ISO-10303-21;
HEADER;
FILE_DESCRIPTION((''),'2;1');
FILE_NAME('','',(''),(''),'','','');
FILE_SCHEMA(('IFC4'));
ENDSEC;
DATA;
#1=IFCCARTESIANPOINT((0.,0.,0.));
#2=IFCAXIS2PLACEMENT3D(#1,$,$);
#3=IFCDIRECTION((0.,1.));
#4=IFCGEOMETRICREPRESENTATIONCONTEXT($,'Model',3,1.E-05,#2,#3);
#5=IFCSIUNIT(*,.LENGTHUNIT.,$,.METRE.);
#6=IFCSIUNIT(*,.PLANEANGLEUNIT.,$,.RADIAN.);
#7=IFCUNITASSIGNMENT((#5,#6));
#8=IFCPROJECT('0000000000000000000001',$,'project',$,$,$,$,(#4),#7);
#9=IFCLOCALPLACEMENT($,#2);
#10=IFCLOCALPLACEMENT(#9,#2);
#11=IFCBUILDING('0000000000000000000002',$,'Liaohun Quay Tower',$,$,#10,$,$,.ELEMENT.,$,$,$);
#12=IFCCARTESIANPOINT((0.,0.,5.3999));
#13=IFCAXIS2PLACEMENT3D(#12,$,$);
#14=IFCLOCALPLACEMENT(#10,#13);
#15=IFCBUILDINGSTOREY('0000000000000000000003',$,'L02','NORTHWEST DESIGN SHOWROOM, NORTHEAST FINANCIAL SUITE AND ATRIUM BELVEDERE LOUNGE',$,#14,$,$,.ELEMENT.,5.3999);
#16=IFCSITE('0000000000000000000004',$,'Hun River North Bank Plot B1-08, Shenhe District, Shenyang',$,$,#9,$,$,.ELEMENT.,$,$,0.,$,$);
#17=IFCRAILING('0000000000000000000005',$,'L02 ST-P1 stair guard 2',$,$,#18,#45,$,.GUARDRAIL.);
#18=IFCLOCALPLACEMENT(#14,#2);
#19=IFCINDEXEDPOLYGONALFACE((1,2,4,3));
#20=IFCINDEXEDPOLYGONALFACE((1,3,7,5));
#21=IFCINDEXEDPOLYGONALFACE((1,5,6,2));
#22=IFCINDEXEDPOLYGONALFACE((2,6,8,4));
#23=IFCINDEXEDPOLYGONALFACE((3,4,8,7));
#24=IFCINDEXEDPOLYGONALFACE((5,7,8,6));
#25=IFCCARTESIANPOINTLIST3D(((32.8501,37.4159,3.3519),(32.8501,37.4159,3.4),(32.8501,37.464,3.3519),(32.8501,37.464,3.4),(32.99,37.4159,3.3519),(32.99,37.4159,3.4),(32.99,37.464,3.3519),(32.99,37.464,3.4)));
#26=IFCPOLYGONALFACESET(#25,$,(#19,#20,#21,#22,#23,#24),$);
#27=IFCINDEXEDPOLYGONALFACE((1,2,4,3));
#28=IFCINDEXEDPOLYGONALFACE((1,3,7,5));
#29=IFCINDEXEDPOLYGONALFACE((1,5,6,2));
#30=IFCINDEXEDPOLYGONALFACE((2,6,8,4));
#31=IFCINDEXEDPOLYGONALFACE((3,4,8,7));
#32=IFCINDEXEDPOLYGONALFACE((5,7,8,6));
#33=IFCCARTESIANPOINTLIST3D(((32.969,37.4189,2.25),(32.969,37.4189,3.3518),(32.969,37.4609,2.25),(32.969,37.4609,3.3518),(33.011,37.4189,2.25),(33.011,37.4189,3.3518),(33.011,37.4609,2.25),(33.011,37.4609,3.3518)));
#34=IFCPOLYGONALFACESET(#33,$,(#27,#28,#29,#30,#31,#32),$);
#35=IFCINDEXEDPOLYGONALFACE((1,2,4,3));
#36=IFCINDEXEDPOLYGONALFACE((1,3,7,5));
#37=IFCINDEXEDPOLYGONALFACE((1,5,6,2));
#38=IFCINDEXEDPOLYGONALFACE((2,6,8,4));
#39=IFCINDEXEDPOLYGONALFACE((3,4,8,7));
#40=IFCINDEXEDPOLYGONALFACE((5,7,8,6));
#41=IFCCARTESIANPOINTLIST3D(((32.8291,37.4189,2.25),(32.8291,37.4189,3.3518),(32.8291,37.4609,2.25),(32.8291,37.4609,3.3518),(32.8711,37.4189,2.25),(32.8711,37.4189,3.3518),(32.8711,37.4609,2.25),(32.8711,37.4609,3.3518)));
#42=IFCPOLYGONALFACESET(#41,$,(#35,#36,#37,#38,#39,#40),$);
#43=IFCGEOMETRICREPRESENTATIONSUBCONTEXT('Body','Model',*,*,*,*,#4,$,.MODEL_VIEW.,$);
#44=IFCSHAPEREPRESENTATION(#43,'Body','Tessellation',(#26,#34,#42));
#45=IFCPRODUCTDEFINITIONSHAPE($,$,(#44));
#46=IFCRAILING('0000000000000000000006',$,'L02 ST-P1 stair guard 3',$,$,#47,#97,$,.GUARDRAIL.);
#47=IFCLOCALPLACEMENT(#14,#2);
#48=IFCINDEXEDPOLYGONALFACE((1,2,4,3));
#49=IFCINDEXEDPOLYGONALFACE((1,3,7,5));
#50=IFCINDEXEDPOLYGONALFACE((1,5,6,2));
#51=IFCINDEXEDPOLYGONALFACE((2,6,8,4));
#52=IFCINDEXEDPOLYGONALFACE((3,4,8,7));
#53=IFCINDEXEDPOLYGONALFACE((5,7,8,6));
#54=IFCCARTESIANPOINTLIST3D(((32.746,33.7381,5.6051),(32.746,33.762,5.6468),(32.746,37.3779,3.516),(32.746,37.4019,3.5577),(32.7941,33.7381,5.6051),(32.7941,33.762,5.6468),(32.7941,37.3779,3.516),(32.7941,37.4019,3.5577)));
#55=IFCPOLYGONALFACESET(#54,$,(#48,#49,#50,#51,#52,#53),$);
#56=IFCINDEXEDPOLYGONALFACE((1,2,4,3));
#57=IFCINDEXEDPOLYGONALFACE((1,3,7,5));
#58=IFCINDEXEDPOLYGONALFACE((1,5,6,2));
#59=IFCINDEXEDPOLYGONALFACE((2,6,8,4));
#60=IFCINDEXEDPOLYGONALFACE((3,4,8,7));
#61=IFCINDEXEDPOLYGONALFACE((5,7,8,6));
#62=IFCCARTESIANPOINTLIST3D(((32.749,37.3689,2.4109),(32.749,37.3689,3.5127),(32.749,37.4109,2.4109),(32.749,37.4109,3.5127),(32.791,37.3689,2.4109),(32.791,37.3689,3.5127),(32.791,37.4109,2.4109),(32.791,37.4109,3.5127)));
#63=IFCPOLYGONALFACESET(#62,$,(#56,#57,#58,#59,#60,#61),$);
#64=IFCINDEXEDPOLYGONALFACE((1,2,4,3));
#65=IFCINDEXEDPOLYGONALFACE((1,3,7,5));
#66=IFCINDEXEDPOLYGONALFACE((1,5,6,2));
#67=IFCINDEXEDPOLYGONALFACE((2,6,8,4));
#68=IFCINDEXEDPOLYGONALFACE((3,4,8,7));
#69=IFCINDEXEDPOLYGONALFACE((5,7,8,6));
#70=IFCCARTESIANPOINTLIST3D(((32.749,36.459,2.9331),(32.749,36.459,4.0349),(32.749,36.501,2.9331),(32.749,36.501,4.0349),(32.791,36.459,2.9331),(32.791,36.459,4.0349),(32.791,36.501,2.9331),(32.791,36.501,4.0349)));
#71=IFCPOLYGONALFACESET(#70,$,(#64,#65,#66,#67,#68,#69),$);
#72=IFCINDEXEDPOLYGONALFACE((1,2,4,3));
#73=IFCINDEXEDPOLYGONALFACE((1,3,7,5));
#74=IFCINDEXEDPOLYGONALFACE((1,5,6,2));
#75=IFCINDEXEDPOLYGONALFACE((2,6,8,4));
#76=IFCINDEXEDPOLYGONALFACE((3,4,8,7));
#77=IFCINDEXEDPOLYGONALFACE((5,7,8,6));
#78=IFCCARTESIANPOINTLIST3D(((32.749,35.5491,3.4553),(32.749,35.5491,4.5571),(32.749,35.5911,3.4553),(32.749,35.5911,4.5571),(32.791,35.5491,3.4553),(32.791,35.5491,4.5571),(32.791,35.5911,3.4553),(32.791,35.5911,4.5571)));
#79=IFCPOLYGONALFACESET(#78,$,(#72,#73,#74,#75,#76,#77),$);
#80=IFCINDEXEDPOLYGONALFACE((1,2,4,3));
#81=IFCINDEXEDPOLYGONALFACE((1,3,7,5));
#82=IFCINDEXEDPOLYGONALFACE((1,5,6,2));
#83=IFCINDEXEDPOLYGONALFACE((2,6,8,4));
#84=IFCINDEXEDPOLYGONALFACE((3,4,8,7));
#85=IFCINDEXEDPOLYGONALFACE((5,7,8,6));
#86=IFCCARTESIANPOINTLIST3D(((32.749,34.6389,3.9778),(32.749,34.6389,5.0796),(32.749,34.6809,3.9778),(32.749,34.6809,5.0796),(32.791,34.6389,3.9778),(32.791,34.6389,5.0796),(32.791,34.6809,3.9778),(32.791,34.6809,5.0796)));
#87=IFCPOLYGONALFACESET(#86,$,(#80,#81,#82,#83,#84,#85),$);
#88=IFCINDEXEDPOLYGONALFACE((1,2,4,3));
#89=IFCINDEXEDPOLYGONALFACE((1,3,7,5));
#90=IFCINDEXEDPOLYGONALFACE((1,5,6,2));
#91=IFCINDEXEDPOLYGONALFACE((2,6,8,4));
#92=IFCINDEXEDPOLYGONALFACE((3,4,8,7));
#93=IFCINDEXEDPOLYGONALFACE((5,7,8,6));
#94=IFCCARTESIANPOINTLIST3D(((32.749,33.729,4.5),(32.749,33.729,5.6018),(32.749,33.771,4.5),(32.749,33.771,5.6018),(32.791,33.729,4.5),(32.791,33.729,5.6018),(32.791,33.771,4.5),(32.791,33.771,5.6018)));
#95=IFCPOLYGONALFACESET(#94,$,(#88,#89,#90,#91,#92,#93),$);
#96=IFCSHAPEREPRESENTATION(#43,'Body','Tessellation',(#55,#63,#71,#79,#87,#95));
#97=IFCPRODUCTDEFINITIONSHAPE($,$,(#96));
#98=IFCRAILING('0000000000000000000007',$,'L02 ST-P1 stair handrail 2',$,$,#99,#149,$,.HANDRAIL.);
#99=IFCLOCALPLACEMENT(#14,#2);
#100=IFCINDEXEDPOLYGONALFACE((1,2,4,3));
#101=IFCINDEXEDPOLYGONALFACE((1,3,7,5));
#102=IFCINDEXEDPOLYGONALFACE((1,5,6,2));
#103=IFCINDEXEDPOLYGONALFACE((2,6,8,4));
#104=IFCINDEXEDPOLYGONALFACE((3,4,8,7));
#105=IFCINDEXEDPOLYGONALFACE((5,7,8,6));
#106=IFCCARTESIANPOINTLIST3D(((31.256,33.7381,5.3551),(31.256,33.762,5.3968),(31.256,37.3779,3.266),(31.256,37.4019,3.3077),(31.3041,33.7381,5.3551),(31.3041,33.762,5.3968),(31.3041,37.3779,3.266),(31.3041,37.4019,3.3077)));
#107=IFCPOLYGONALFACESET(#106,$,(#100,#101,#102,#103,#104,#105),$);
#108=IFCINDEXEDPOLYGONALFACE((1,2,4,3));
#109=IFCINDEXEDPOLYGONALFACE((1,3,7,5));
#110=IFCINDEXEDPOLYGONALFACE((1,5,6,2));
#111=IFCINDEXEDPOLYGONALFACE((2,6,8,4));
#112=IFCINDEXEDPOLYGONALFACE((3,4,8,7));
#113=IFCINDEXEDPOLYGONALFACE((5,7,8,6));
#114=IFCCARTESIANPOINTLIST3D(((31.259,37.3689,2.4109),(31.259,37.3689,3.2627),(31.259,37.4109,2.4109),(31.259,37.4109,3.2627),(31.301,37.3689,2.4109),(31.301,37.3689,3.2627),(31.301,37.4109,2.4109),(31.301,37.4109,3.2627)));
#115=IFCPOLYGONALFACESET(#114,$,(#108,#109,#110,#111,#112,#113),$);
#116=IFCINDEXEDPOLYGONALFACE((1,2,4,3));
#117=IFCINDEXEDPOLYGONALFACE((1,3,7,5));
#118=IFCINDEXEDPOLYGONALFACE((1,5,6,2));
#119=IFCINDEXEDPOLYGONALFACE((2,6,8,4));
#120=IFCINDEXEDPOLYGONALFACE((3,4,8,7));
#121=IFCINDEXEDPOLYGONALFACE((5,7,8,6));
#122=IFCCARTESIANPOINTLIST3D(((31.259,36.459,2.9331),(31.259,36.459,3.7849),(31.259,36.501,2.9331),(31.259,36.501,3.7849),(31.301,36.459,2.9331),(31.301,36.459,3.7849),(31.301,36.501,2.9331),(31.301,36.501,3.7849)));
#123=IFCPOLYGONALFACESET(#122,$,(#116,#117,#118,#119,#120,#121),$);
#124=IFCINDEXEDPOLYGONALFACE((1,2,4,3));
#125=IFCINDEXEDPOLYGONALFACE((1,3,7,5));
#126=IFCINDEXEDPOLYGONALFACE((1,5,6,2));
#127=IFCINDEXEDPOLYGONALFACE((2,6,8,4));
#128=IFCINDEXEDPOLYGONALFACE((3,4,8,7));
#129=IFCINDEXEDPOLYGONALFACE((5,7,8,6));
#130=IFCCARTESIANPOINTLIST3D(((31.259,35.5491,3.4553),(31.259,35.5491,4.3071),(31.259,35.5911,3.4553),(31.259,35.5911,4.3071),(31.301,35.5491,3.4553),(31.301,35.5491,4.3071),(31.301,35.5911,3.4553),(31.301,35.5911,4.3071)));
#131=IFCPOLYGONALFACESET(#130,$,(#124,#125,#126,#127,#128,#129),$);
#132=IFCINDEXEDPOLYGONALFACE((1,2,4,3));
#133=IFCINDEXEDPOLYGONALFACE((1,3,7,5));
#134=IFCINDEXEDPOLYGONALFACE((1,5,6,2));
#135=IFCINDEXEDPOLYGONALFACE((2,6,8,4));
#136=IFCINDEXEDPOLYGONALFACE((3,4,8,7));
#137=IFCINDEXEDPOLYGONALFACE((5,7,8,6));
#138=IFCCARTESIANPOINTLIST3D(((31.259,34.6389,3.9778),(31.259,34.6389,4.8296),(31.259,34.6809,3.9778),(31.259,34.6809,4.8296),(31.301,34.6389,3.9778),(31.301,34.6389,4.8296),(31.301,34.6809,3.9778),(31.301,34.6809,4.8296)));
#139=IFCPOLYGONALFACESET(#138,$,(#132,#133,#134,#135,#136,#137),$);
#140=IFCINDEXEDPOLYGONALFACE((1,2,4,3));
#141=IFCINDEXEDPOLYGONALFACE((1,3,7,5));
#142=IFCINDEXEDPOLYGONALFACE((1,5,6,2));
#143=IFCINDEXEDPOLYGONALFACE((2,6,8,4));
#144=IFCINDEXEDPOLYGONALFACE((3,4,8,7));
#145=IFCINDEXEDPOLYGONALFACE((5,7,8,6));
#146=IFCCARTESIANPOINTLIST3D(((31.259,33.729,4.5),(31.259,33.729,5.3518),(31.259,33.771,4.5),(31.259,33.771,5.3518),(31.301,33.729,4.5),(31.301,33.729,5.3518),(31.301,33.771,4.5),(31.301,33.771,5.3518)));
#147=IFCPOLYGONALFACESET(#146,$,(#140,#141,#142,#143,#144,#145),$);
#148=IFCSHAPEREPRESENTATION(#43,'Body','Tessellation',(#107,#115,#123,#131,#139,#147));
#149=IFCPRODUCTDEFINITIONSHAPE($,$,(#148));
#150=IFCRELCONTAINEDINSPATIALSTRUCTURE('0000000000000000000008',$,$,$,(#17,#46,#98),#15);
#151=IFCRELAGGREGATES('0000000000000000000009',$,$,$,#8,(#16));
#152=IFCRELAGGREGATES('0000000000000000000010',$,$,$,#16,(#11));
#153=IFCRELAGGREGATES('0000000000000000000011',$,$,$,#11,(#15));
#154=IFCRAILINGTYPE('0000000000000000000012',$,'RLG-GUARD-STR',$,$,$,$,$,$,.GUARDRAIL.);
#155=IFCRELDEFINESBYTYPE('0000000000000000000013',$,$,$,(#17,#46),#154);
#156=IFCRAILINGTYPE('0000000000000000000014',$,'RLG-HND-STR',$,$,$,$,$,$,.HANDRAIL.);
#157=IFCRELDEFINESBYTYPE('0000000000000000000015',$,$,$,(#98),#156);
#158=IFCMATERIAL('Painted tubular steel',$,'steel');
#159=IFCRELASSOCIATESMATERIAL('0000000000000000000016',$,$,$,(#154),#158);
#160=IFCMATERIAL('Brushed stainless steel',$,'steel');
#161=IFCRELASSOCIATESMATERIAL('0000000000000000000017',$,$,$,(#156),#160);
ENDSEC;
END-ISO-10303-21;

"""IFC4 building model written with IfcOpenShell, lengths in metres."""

from ifc_helpers import new_model, si_unit, direction, frame, origin, origin_2d, place, context, subcontext, project, spatial, rectangle, extrude, material, type_object, element, save


model = new_model("IFC4")

# Units and contexts
model_context = context("Model", 3, precision=1e-05, world=origin(), true_north=direction((0.0, 1.0)))
body_context = subcontext(model_context, "Body", "Model", "MODEL_VIEW")
ifc_project = project(units=[si_unit("LENGTHUNIT", "METRE"), si_unit("PLANEANGLEUNIT", "RADIAN")], contexts=[model_context])

# Site, building, storey
site_placement = place(None, origin())
site = spatial("IfcSite", under=ifc_project, at=site_placement, Name="Hun River North Bank Plot B1-08, Shenhe District, Shenyang", CompositionType="ELEMENT", RefElevation=0.0)
building_placement = place(site_placement, origin())
building = spatial("IfcBuilding", under=site, at=building_placement, Name="Liaohun Quay Tower", CompositionType="ELEMENT")
storey_placement = place(building_placement, frame((0.0, 0.0, 5.3999)))
storey = spatial("IfcBuildingStorey", under=building, at=storey_placement, Name="L02", Description="NORTHWEST DESIGN SHOWROOM, NORTHEAST FINANCIAL SUITE AND ATRIUM BELVEDERE LOUNGE", CompositionType="ELEMENT", Elevation=5.3999)

# Railings
ifc_material_1 = material(Name="Painted tubular steel", Category="steel")
railing_type_1 = type_object("IfcRailingType", Name="RLG-GUARD-STR", PredefinedType="GUARDRAIL", material=ifc_material_1)
railing_1_placement = place(storey_placement, frame((32.99, 37.4399, 2.25)))
element("IfcRailing", 1, at=railing_1_placement, inside=storey, type_object=railing_type_1, Name="L02 ST-P1 stair guard 2", PredefinedType="GUARDRAIL", context=body_context, shape_type="SweptSolid", body=[
    extrude(rectangle(XDim=0.0481, YDim=0.0481, at=origin_2d()), frame((0.0, 0.0, 1.126), z_axis=(-1.0, 0.0, 0.0), x_axis=(0.0, -1.0, 0.0)), (0.0, 0.0, 1.0), 0.1399),
    extrude(rectangle(XDim=0.042, YDim=0.042, at=origin_2d()), origin(), (0.0, 0.0, 1.0), 1.1018),
    extrude(rectangle(XDim=0.042, YDim=0.042, at=origin_2d()), frame((-0.1399, 0.0, 0.0)), (0.0, 0.0, 1.0), 1.1018),
])
railing_2_placement = place(storey_placement, frame((32.77, 37.3899, 2.4109)))
element("IfcRailing", 2, at=railing_2_placement, inside=storey, type_object=railing_type_1, Name="L02 ST-P1 stair guard 3", PredefinedType="GUARDRAIL", context=body_context, shape_type="SweptSolid", body=[
    extrude(rectangle(XDim=0.0481, YDim=0.0481, at=origin_2d()), frame((0.0, 0.0, 1.126), z_axis=(0.0, -0.8673, 0.497786), x_axis=(1.0, 0.0, 0.0)), (0.0, 0.0, 1.0), 4.1968),
    extrude(rectangle(XDim=0.042, YDim=0.042, at=origin_2d()), origin(), (0.0, 0.0, 1.0), 1.1018),
    extrude(rectangle(XDim=0.042, YDim=0.042, at=origin_2d()), frame((0.0, -0.9099, 0.5222)), (0.0, 0.0, 1.0), 1.1018),
    extrude(rectangle(XDim=0.042, YDim=0.042, at=origin_2d()), frame((0.0, -1.8198, 1.0444)), (0.0, 0.0, 1.0), 1.1018),
    extrude(rectangle(XDim=0.042, YDim=0.042, at=origin_2d()), frame((0.0, -2.73, 1.5669)), (0.0, 0.0, 1.0), 1.1018),
    extrude(rectangle(XDim=0.042, YDim=0.042, at=origin_2d()), frame((0.0, -3.6399, 2.0891)), (0.0, 0.0, 1.0), 1.1018),
])
ifc_material_2 = material(Name="Brushed stainless steel", Category="steel")
railing_type_2 = type_object("IfcRailingType", Name="RLG-HND-STR", PredefinedType="HANDRAIL", material=ifc_material_2)
railing_3_placement = place(storey_placement, frame((31.28, 37.3899, 2.4109)))
element("IfcRailing", 3, at=railing_3_placement, inside=storey, type_object=railing_type_2, Name="L02 ST-P1 stair handrail 2", PredefinedType="HANDRAIL", context=body_context, shape_type="SweptSolid", body=[
    extrude(rectangle(XDim=0.0481, YDim=0.0481, at=origin_2d()), frame((0.0, 0.0, 0.876), z_axis=(0.0, -0.8673, 0.497786), x_axis=(1.0, 0.0, 0.0)), (0.0, 0.0, 1.0), 4.1968),
    extrude(rectangle(XDim=0.042, YDim=0.042, at=origin_2d()), origin(), (0.0, 0.0, 1.0), 0.8518),
    extrude(rectangle(XDim=0.042, YDim=0.042, at=origin_2d()), frame((0.0, -0.9099, 0.5222)), (0.0, 0.0, 1.0), 0.8518),
    extrude(rectangle(XDim=0.042, YDim=0.042, at=origin_2d()), frame((0.0, -1.8198, 1.0444)), (0.0, 0.0, 1.0), 0.8518),
    extrude(rectangle(XDim=0.042, YDim=0.042, at=origin_2d()), frame((0.0, -2.73, 1.5669)), (0.0, 0.0, 1.0), 0.8518),
    extrude(rectangle(XDim=0.042, YDim=0.042, at=origin_2d()), frame((0.0, -3.6399, 2.0891)), (0.0, 0.0, 1.0), 0.8518),
])

save(model, "model.ifc")
